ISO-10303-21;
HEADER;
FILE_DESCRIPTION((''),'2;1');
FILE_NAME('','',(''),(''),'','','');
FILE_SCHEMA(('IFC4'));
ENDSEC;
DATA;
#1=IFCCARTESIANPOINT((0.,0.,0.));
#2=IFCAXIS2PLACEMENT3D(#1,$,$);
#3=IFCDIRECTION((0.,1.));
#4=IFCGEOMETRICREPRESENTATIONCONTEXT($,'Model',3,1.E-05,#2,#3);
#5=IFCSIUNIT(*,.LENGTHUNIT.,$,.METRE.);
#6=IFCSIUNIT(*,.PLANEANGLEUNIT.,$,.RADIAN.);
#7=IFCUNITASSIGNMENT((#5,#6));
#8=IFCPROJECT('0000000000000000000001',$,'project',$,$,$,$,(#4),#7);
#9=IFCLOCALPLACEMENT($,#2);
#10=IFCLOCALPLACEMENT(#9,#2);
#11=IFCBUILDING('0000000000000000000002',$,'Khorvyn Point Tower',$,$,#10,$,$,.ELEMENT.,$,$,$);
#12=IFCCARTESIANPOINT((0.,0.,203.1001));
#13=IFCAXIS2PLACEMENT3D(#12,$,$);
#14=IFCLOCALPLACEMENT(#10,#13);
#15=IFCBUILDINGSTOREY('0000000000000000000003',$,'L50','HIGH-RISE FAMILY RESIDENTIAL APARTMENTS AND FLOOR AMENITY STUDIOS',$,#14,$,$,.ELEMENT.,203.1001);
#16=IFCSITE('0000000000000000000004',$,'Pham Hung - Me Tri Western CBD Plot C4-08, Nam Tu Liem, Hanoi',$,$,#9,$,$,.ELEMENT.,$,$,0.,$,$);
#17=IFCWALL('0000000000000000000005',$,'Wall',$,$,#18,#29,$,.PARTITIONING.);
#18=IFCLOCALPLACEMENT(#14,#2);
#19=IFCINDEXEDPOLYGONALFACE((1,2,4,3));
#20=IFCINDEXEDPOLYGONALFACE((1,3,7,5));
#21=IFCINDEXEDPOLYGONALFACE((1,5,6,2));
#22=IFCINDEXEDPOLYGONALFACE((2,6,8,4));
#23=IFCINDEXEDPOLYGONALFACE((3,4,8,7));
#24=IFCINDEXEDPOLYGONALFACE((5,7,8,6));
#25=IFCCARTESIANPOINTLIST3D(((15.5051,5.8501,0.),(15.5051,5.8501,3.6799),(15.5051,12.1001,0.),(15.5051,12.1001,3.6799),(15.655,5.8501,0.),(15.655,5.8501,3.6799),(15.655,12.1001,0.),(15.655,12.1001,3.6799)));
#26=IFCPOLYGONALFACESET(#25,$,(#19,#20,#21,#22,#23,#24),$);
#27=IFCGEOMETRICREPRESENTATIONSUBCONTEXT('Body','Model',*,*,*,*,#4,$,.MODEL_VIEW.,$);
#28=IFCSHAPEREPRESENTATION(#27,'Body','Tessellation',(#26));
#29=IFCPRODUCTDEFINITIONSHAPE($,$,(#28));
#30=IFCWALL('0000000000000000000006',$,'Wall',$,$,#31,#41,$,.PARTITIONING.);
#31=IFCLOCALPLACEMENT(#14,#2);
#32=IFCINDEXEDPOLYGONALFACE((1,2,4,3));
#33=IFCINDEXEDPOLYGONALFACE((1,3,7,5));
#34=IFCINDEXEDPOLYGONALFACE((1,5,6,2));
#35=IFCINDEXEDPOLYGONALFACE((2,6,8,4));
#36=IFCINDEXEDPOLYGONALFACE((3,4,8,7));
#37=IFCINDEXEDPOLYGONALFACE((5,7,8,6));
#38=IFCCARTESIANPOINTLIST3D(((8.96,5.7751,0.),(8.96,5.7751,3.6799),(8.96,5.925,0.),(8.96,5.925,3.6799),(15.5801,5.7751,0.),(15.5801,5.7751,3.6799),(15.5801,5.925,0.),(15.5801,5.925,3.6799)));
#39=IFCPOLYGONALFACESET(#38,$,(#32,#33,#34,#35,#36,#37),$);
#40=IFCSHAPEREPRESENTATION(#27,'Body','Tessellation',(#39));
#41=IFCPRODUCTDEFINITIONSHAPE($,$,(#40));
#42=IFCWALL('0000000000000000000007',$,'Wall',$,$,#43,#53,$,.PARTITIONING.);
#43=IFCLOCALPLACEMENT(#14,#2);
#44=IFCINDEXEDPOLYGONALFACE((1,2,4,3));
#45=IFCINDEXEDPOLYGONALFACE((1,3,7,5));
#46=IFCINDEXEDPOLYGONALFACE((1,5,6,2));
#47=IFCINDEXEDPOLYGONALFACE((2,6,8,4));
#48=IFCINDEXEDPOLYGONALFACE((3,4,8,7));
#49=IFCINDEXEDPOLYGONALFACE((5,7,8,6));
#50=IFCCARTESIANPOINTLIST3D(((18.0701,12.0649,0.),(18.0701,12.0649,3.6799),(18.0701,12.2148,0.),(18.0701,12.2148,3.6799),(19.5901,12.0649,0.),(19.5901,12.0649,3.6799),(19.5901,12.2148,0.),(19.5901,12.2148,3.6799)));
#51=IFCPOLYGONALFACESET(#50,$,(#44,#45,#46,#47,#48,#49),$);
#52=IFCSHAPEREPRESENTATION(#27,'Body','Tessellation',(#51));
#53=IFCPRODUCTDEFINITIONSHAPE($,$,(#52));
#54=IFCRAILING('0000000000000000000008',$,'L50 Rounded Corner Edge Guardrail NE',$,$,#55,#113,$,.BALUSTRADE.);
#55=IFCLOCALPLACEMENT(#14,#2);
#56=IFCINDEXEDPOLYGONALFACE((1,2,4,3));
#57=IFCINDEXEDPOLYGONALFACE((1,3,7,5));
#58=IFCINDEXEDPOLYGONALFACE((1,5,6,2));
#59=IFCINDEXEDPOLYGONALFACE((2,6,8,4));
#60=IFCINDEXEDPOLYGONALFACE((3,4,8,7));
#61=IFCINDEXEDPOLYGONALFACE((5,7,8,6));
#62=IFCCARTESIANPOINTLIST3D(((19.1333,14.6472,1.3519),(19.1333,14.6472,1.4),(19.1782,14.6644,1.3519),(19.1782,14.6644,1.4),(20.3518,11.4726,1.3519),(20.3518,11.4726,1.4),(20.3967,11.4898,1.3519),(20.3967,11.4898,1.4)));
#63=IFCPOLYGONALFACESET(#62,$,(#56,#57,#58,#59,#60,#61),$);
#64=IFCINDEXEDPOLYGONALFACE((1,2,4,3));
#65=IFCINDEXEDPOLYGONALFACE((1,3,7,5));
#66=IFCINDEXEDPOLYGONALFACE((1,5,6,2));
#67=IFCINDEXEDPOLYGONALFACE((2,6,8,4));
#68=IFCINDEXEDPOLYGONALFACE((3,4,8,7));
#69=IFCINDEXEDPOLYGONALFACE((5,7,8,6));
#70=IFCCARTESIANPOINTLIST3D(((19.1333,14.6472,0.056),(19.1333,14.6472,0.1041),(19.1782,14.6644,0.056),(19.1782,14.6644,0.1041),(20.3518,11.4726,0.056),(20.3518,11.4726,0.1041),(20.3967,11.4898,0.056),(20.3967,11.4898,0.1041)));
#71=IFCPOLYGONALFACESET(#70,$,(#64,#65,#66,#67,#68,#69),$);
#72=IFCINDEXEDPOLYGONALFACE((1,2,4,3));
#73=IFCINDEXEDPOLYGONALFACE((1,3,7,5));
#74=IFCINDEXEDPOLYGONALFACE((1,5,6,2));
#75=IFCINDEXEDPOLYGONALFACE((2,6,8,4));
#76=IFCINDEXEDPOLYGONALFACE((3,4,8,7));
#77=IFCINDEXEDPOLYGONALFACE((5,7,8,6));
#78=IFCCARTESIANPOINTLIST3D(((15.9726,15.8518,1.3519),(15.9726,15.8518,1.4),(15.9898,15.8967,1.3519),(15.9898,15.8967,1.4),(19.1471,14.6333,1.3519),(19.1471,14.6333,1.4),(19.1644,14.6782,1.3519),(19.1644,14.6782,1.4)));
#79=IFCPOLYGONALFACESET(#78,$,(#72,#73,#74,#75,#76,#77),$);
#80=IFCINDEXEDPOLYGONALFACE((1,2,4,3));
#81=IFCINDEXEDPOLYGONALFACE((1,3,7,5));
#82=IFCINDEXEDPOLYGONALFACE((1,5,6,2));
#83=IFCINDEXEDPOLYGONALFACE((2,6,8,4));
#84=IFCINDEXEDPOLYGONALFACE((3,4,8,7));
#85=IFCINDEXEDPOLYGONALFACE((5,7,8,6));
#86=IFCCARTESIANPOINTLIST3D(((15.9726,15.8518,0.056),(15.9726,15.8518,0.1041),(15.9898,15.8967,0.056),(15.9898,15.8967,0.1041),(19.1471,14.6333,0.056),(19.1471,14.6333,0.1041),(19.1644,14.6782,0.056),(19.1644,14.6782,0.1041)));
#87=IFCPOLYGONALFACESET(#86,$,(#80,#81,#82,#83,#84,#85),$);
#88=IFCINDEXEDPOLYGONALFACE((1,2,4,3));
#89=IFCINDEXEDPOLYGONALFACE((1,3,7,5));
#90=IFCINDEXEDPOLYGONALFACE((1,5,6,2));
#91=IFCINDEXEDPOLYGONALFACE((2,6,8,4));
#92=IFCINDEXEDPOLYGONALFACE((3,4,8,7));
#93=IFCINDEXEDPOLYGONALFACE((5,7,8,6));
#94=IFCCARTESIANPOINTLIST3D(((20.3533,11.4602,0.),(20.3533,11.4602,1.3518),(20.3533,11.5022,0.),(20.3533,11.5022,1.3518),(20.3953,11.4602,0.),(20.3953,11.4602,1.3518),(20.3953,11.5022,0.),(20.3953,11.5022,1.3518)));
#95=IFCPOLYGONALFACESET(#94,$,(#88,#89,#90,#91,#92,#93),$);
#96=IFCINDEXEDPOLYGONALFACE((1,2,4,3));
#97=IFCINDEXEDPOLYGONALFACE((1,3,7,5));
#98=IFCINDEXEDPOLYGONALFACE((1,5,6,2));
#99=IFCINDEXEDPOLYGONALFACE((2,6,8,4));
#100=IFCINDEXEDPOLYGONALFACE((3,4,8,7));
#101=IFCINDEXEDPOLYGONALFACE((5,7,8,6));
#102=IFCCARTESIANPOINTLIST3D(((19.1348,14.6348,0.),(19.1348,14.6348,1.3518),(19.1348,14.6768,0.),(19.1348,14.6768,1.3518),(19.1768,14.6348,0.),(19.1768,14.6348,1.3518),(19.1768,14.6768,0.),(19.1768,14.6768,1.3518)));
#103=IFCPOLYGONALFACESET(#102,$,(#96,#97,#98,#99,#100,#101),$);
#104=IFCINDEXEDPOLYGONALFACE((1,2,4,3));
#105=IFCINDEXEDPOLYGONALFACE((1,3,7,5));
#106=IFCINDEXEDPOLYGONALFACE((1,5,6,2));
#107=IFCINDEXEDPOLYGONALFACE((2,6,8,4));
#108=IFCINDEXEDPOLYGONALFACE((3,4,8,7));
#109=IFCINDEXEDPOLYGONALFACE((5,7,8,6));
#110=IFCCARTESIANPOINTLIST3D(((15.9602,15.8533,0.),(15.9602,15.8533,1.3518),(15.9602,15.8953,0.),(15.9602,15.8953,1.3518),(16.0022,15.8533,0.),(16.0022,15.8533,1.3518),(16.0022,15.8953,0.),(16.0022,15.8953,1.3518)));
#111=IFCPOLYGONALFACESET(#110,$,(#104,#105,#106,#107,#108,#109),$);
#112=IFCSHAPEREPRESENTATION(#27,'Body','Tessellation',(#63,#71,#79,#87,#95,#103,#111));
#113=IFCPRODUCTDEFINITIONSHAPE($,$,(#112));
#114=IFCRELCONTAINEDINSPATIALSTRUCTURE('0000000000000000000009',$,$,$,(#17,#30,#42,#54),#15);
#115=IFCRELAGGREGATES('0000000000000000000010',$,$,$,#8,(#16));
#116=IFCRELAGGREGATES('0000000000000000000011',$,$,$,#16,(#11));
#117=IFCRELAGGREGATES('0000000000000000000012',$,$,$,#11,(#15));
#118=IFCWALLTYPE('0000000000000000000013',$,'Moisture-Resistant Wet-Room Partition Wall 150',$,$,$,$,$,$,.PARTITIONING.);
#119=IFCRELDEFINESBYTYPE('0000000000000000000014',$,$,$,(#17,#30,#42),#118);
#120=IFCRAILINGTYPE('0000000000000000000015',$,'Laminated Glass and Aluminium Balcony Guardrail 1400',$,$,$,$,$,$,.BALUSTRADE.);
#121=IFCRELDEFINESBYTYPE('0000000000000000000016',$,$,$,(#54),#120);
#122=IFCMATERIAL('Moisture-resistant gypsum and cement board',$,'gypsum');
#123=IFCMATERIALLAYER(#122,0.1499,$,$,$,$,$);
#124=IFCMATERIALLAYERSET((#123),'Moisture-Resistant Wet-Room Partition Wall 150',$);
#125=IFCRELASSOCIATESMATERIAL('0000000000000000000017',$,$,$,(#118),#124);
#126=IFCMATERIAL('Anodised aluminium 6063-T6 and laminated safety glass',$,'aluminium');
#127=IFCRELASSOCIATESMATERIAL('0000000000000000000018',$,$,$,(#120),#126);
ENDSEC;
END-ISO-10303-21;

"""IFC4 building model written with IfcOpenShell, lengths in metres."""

from ifc_helpers import new_model, si_unit, direction, frame, frame_2d, origin, origin_2d, place, context, subcontext, project, spatial, rectangle, extrude, material, layer, layer_set, type_object, element, save


model = new_model("IFC4")

# Units and contexts
model_context = context("Model", 3, precision=1e-05, world=origin(), true_north=direction((0.0, 1.0)))
body_context = subcontext(model_context, "Body", "Model", "MODEL_VIEW")
ifc_project = project(units=[si_unit("LENGTHUNIT", "METRE"), si_unit("PLANEANGLEUNIT", "RADIAN")], contexts=[model_context])

# Site, building, storey
site_placement = place(None, origin())
site = spatial("IfcSite", under=ifc_project, at=site_placement, Name="Pham Hung - Me Tri Western CBD Plot C4-08, Nam Tu Liem, Hanoi", CompositionType="ELEMENT", RefElevation=0.0)
building_placement = place(site_placement, origin())
building = spatial("IfcBuilding", under=site, at=building_placement, Name="Khorvyn Point Tower", CompositionType="ELEMENT")
storey_placement = place(building_placement, frame((0.0, 0.0, 203.1001)))
storey = spatial("IfcBuildingStorey", under=building, at=storey_placement, Name="L50", Description="HIGH-RISE FAMILY RESIDENTIAL APARTMENTS AND FLOOR AMENITY STUDIOS", CompositionType="ELEMENT", Elevation=203.1001)

# Shared definitions
ifc_material_1 = material(Name="Moisture-resistant gypsum and cement board", Category="gypsum")
ifc_layer_1 = layer(ifc_material_1, 0.1499)
ifc_layer_set_1 = layer_set([ifc_layer_1], Name="Moisture-Resistant Wet-Room Partition Wall 150")
wall_type_1 = type_object("IfcWallType", Name="Moisture-Resistant Wet-Room Partition Wall 150", PredefinedType="PARTITIONING", material=ifc_layer_set_1)

# Walls
wall_1_placement = place(storey_placement, frame((15.5801, 5.8501, 0.0), z_axis=(0.0, 0.0, 1.0), x_axis=(0.0, 1.0, 0.0)))
element("IfcWall", 1, at=wall_1_placement, inside=storey, type_object=wall_type_1, Name="Wall", PredefinedType="PARTITIONING", context=body_context, shape_type="SweptSolid", body=[
    extrude(rectangle(XDim=6.25, YDim=0.1499, at=frame_2d((3.125, 0.0))), origin(), (0.0, 0.0, 1.0), 3.6799),
])
wall_2_placement = place(storey_placement, frame((8.96, 5.8501, 0.0), z_axis=(0.0, 0.0, 1.0), x_axis=(1.0, 0.0, 0.0)))
element("IfcWall", 2, at=wall_2_placement, inside=storey, type_object=wall_type_1, Name="Wall", PredefinedType="PARTITIONING", context=body_context, shape_type="SweptSolid", body=[
    extrude(rectangle(XDim=6.6201, YDim=0.1499, at=frame_2d((3.3101, 0.0))), origin(), (0.0, 0.0, 1.0), 3.6799),
])
wall_3_placement = place(storey_placement, frame((18.0701, 12.1399, 0.0), z_axis=(0.0, 0.0, 1.0), x_axis=(1.0, 0.0, 0.0)))
element("IfcWall", 3, at=wall_3_placement, inside=storey, type_object=wall_type_1, Name="Wall", PredefinedType="PARTITIONING", context=body_context, shape_type="SweptSolid", body=[
    extrude(rectangle(XDim=1.52, YDim=0.1499, at=frame_2d((0.76, 0.0))), origin(), (0.0, 0.0, 1.0), 3.6799),
])

# Railing
ifc_material_2 = material(Name="Anodised aluminium 6063-T6 and laminated safety glass", Category="aluminium")
railing_type = type_object("IfcRailingType", Name="Laminated Glass and Aluminium Balcony Guardrail 1400", PredefinedType="BALUSTRADE", material=ifc_material_2)
railing_placement = place(storey_placement, frame((20.3743, 11.4812, 0.0)))
element("IfcRailing", 4, at=railing_placement, inside=storey, type_object=railing_type, Name="L50 Rounded Corner Edge Guardrail NE", PredefinedType="BALUSTRADE", context=body_context, shape_type="SweptSolid", body=[
    extrude(rectangle(XDim=0.0481, YDim=0.0481, at=origin_2d()), frame((0.0, 0.0, 1.376), z_axis=(-0.358344, 0.93359, 0.0), x_axis=(-0.93359, -0.358344, 0.0)), (0.0, 0.0, 1.0), 3.4004),
    extrude(rectangle(XDim=0.0481, YDim=0.0481, at=origin_2d()), frame((0.0, 0.0, 0.0801), z_axis=(-0.358344, 0.93359, 0.0), x_axis=(-0.93359, -0.358344, 0.0)), (0.0, 0.0, 1.0), 3.4004),
    extrude(rectangle(XDim=0.0481, YDim=0.0481, at=origin_2d()), frame((-1.2185, 3.1746, 1.376), z_axis=(-0.93359, 0.358344, 0.0), x_axis=(-0.358344, -0.93359, 0.0)), (0.0, 0.0, 1.0), 3.4004),
    extrude(rectangle(XDim=0.0481, YDim=0.0481, at=origin_2d()), frame((-1.2185, 3.1746, 0.0801), z_axis=(-0.93359, 0.358344, 0.0), x_axis=(-0.358344, -0.93359, 0.0)), (0.0, 0.0, 1.0), 3.4004),
    extrude(rectangle(XDim=0.042, YDim=0.042, at=origin_2d()), origin(), (0.0, 0.0, 1.0), 1.3518),
    extrude(rectangle(XDim=0.042, YDim=0.042, at=origin_2d()), frame((-1.2185, 3.1746, 0.0)), (0.0, 0.0, 1.0), 1.3518),
    extrude(rectangle(XDim=0.042, YDim=0.042, at=origin_2d()), frame((-4.3931, 4.3931, 0.0)), (0.0, 0.0, 1.0), 1.3518),
])

save(model, "model.ifc")
